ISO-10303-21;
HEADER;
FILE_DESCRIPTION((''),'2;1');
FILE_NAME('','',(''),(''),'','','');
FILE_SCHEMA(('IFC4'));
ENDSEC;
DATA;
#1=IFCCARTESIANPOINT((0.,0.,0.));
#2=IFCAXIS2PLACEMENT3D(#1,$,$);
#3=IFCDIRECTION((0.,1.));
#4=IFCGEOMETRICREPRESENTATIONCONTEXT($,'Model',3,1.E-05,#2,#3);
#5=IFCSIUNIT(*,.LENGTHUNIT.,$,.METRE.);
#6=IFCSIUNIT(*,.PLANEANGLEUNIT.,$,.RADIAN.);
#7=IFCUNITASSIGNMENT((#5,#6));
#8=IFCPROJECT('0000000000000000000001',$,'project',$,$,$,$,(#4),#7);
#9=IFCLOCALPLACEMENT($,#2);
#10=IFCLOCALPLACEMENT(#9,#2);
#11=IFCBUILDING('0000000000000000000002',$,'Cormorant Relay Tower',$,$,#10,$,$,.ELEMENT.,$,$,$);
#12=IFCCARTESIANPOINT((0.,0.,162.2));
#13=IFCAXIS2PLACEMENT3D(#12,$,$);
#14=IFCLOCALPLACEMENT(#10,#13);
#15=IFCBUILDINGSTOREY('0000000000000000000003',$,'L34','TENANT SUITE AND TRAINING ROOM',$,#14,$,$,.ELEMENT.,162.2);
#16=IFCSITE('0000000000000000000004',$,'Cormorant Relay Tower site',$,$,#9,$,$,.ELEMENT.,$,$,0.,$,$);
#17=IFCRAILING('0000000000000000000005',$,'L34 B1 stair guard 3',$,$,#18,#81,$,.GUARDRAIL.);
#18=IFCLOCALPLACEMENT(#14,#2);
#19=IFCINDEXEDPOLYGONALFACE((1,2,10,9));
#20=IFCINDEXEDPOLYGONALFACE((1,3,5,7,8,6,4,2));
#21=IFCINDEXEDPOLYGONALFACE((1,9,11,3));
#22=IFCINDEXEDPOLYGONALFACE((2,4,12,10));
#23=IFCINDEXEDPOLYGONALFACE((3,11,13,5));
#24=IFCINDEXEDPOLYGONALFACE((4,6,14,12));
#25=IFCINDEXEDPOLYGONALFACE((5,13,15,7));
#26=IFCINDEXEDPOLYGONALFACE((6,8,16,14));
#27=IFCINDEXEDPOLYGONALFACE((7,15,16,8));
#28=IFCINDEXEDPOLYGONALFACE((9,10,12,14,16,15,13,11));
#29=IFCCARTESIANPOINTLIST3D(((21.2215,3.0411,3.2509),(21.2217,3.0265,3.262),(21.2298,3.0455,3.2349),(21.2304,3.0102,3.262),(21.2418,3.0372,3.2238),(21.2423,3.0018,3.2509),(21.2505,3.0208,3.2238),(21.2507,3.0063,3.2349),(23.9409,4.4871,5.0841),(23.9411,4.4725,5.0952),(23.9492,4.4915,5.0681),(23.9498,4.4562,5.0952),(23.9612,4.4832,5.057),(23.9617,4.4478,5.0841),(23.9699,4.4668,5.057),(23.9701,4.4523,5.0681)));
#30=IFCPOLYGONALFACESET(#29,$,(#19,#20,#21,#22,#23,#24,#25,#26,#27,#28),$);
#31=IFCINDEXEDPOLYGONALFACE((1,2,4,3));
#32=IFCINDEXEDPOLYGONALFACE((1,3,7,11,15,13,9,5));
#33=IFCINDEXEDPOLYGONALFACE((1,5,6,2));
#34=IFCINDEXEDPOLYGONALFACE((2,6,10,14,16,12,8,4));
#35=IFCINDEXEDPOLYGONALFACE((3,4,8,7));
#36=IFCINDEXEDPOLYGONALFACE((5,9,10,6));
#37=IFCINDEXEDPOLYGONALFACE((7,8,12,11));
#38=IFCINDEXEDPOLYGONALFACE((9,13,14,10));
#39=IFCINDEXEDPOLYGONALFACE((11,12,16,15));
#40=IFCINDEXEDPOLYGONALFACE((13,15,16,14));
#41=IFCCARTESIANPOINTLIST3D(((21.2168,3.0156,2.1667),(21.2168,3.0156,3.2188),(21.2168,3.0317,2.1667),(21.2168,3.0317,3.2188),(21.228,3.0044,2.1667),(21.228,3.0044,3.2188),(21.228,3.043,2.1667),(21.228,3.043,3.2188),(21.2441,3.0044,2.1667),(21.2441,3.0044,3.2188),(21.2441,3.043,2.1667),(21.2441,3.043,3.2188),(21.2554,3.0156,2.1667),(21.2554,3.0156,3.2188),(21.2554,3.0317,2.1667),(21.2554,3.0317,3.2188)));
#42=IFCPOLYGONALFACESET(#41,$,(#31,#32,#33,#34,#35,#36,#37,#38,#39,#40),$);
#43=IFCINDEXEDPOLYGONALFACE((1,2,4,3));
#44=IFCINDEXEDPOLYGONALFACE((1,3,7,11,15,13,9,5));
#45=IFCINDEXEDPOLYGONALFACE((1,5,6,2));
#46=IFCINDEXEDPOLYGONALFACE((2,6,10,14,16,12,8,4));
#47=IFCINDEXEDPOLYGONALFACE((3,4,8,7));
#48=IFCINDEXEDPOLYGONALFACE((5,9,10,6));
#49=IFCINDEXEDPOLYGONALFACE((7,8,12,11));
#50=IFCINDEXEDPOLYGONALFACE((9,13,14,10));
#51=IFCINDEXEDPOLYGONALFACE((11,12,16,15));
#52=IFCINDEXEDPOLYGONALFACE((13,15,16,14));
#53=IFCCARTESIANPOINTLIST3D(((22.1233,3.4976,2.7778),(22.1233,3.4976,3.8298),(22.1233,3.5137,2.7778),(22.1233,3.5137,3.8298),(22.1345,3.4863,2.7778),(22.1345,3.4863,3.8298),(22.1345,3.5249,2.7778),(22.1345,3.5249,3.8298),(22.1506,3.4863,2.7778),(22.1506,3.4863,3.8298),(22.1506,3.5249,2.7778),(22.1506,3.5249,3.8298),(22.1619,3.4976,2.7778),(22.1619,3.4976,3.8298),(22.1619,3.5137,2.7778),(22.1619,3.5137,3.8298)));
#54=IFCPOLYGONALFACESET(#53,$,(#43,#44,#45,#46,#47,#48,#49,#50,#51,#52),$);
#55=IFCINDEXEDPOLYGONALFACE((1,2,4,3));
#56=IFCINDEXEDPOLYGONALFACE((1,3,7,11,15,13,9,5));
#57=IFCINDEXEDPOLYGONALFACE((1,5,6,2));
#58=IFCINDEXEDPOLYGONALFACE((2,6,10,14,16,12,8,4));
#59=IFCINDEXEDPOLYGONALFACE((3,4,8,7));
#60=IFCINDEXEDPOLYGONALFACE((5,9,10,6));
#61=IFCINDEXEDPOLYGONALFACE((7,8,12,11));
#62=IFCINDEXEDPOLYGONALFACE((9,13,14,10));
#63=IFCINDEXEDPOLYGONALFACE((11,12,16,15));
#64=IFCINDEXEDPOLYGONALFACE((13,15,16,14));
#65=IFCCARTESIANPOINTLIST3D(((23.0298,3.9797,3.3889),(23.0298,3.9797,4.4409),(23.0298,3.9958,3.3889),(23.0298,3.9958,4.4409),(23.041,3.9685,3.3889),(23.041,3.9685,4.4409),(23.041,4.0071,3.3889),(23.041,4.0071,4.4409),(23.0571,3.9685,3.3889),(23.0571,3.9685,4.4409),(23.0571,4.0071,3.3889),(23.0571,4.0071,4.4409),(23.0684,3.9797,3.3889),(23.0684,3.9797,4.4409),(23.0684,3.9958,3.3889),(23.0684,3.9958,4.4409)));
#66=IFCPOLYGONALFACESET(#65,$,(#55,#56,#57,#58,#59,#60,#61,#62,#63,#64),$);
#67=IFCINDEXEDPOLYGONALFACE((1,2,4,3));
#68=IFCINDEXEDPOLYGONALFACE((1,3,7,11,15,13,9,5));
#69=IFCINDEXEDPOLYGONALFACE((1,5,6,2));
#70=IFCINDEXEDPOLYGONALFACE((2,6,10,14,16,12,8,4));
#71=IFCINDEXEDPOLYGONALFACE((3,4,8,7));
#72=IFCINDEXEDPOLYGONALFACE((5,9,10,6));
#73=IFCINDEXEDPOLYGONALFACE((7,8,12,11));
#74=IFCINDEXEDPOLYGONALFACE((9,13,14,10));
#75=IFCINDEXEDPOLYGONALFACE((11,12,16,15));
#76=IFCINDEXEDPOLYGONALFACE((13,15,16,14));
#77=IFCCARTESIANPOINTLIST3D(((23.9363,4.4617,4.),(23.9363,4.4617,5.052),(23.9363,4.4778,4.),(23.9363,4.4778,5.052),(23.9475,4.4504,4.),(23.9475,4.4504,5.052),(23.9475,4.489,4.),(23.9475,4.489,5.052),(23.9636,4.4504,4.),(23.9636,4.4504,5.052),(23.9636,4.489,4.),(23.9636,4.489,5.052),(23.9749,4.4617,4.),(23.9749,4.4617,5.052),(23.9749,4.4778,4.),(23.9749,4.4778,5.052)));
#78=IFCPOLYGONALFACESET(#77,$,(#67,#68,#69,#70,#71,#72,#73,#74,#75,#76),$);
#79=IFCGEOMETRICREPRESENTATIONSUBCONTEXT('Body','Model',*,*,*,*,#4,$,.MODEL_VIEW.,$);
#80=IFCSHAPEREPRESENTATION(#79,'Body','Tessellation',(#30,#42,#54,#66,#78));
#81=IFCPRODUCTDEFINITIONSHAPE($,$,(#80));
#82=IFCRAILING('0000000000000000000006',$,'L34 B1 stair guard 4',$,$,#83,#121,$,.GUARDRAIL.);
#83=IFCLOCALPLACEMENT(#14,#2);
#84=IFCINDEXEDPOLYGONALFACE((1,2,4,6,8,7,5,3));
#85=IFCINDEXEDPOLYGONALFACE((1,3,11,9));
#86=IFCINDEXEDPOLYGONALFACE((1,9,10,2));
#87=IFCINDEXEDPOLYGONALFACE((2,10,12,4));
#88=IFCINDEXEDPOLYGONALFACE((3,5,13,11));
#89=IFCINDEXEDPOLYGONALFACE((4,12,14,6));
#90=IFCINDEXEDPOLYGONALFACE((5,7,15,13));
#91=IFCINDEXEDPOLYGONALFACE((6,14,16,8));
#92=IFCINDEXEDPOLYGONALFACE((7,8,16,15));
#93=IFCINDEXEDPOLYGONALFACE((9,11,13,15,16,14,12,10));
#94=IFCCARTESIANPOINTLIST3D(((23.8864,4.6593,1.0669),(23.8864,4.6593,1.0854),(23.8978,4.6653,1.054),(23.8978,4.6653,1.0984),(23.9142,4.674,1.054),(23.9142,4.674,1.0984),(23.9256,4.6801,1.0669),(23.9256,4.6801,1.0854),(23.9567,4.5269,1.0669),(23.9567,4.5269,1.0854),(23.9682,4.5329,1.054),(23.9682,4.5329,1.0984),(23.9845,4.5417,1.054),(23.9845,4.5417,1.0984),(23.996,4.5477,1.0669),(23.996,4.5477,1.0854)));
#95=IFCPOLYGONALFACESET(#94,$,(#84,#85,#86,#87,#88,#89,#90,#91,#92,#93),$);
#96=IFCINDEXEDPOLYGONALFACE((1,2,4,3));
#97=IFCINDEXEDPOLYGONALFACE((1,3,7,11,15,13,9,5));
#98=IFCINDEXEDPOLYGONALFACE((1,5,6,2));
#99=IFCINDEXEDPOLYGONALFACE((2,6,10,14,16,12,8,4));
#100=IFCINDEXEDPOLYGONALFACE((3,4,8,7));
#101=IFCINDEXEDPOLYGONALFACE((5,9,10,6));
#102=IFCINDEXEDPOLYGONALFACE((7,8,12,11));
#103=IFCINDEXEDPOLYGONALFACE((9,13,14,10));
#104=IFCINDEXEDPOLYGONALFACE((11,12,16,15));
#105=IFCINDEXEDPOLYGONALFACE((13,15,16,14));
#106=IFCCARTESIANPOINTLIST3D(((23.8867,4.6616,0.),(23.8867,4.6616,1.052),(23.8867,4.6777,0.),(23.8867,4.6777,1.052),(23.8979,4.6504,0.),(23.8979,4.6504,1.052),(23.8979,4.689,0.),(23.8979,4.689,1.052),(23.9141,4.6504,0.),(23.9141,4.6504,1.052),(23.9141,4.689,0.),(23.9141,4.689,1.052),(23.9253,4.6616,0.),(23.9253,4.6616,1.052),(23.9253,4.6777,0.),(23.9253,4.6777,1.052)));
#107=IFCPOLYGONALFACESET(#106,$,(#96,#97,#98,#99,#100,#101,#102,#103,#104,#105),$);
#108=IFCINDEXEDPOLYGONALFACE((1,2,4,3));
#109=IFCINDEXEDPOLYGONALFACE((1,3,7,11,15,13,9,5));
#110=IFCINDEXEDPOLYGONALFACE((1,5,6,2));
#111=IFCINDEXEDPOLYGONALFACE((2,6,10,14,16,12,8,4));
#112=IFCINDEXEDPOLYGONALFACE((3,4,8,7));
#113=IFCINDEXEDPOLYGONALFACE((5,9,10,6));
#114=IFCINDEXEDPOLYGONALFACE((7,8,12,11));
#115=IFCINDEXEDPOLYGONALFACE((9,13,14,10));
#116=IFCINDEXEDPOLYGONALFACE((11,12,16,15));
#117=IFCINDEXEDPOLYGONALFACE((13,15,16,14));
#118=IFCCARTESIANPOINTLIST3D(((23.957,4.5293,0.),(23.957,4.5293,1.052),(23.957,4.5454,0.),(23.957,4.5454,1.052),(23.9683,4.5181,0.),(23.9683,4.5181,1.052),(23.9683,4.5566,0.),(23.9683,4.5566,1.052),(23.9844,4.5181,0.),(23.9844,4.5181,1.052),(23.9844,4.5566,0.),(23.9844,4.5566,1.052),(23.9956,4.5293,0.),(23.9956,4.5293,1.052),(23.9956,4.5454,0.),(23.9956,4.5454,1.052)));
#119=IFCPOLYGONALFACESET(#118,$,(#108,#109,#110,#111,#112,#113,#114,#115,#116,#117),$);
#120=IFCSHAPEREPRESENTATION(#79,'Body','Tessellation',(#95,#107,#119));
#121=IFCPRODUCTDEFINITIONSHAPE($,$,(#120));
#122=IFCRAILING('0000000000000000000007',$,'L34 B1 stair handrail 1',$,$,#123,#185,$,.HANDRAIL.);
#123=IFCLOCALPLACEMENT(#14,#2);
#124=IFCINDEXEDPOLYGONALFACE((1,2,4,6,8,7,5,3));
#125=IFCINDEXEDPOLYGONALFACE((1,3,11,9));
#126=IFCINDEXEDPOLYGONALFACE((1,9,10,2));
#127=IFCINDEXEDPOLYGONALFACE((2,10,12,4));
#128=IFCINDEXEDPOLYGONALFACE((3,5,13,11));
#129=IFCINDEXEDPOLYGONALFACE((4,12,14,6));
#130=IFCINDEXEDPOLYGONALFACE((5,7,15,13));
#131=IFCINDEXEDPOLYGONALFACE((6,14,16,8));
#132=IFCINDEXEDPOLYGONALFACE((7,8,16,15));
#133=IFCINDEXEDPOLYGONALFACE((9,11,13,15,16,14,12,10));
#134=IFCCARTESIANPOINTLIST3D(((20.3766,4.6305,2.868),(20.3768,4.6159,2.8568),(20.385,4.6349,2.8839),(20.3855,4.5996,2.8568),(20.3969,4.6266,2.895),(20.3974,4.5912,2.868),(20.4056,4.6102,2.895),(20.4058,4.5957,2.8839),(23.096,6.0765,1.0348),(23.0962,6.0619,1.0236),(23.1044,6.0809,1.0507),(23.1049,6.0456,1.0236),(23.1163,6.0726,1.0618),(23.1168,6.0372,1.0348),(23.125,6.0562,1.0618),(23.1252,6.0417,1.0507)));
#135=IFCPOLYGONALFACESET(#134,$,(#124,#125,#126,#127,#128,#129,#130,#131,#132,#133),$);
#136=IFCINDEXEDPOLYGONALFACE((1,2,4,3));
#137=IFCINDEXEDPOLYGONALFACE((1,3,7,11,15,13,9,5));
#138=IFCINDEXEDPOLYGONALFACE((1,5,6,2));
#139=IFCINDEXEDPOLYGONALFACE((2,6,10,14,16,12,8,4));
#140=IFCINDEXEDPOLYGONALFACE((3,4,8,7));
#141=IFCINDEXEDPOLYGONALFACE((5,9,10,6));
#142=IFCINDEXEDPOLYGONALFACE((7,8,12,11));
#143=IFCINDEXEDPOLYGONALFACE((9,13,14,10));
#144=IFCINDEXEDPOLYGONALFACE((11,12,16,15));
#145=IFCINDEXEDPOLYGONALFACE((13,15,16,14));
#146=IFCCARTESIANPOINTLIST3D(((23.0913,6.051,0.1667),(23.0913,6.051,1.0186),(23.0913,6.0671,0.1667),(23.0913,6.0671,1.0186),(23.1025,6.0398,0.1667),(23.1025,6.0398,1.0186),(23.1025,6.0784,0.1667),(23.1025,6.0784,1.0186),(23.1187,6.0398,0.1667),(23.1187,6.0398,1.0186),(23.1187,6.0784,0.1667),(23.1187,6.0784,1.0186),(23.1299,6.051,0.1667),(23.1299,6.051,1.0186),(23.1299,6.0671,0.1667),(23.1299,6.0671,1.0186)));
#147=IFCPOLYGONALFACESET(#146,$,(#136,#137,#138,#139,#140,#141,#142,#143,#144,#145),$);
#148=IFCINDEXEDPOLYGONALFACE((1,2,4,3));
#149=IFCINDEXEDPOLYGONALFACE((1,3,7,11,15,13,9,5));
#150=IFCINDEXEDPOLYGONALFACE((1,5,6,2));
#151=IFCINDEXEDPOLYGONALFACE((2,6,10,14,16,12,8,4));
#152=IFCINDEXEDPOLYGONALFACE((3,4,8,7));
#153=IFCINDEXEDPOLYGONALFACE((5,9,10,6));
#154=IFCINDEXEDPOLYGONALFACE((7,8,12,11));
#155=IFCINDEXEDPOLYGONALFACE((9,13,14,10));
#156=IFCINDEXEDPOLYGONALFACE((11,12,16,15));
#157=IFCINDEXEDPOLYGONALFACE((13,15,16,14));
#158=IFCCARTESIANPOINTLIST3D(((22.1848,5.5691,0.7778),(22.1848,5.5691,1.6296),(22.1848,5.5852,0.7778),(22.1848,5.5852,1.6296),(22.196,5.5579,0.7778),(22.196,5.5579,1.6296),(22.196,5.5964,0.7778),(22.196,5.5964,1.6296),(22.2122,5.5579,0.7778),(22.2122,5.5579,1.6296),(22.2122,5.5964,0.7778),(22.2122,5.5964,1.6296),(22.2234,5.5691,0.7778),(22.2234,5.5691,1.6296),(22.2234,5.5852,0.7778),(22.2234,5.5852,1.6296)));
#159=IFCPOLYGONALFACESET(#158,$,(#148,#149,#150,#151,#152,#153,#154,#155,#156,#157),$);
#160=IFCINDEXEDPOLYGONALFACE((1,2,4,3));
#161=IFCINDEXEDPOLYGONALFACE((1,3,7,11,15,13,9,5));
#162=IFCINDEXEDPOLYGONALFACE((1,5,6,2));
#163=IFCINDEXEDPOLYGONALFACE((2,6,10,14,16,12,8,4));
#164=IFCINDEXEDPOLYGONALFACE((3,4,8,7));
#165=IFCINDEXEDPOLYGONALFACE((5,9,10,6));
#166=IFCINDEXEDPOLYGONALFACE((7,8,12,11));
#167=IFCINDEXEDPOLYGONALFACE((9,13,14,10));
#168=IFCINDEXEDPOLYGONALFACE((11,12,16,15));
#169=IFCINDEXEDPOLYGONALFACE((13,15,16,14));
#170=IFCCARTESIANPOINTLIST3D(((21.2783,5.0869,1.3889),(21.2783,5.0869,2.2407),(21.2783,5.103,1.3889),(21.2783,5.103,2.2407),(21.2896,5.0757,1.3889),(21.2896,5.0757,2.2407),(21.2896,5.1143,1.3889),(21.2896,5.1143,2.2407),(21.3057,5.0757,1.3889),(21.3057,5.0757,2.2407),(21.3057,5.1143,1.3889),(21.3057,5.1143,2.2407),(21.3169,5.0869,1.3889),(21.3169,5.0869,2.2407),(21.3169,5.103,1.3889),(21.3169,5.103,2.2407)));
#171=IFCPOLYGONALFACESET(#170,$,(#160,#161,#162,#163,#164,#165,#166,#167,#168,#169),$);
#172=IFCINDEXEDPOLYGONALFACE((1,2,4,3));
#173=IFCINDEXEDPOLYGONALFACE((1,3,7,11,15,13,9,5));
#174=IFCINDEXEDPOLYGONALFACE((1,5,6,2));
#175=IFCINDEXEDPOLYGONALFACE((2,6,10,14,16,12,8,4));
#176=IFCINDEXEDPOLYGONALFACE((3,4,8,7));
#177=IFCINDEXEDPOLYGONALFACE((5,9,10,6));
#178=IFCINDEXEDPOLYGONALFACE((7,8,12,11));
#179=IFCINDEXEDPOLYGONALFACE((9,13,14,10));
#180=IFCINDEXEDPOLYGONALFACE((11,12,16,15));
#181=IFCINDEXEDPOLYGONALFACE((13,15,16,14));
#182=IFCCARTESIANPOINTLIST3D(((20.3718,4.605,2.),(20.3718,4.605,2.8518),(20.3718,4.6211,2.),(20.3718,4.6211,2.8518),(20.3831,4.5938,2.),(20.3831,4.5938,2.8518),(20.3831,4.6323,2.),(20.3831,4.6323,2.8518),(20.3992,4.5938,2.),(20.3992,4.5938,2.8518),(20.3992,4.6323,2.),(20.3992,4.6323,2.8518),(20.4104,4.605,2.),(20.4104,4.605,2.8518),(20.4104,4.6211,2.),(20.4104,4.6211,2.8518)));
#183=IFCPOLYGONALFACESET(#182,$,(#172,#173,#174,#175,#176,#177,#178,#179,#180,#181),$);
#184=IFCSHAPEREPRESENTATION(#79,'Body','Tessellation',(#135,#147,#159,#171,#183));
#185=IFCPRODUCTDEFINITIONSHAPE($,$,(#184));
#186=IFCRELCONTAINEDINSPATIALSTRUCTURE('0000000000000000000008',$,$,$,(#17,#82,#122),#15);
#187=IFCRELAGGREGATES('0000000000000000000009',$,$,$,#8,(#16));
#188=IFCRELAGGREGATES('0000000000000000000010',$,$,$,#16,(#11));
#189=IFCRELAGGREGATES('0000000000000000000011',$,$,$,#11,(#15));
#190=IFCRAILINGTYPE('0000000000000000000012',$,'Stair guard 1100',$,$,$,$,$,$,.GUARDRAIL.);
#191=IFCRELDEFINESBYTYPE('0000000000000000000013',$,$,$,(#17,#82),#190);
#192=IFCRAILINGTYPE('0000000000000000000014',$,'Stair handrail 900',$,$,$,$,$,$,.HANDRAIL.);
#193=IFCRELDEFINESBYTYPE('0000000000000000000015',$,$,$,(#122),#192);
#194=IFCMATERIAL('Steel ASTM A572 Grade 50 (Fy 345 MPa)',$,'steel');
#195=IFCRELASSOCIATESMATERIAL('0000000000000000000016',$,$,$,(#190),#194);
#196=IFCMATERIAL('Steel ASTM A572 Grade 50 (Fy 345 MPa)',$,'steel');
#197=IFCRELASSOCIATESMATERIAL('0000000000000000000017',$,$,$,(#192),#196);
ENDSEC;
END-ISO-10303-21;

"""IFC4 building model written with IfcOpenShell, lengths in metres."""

from ifc_helpers import new_model, si_unit, direction, frame, origin, place, context, subcontext, project, spatial, polyline, outline, extrude, material, type_object, element, save


model = new_model("IFC4")

# Units and contexts
model_context = context("Model", 3, precision=1e-05, world=origin(), true_north=direction((0.0, 1.0)))
body_context = subcontext(model_context, "Body", "Model", "MODEL_VIEW")
ifc_project = project(units=[si_unit("LENGTHUNIT", "METRE"), si_unit("PLANEANGLEUNIT", "RADIAN")], contexts=[model_context])

# Site, building, storey
site_placement = place(None, origin())
site = spatial("IfcSite", under=ifc_project, at=site_placement, Name="Cormorant Relay Tower site", CompositionType="ELEMENT", RefElevation=0.0)
building_placement = place(site_placement, origin())
building = spatial("IfcBuilding", under=site, at=building_placement, Name="Cormorant Relay Tower", CompositionType="ELEMENT")
storey_placement = place(building_placement, frame((0.0, 0.0, 162.2)))
storey = spatial("IfcBuildingStorey", under=building, at=storey_placement, Name="L34", Description="TENANT SUITE AND TRAINING ROOM", CompositionType="ELEMENT", Elevation=162.2)

# Railings
ifc_material_1 = material(Name="Steel ASTM A572 Grade 50 (Fy 345 MPa)", Category="steel")
railing_type_1 = type_object("IfcRailingType", Name="Stair guard 1100", PredefinedType="GUARDRAIL", material=ifc_material_1)
railing_1_placement = place(storey_placement, frame((21.2361, 3.0237, 2.1667)))
element("IfcRailing", 1, at=railing_1_placement, inside=storey, type_object=railing_type_1, Name="L34 B1 stair guard 3", PredefinedType="GUARDRAIL", context=body_context, shape_type="SweptSolid", body=[
    extrude(outline(polyline([(0.0222, 0.0093), (0.0093, 0.0222), (-0.0093, 0.0222), (-0.0222, 0.0093), (-0.0222, -0.0093), (-0.0093, -0.0222), (0.0093, -0.0222), (0.0222, -0.0093), (0.0222, 0.0093)])), frame((0.0, 0.0, 1.0762), z_axis=(0.758714, 0.403435, 0.511463), x_axis=(-0.469489, 0.882938, 0.0)), (0.0, 0.0, 1.0), 3.5842),
    extrude(outline(polyline([(0.0193, 0.0081), (0.0081, 0.0193), (-0.0081, 0.0193), (-0.0193, 0.0081), (-0.0193, -0.0081), (-0.0081, -0.0193), (0.0081, -0.0193), (0.0193, -0.0081), (0.0193, 0.0081)])), origin(), (0.0, 0.0, 1.0), 1.052),
    extrude(outline(polyline([(0.0193, 0.0081), (0.0081, 0.0193), (-0.0081, 0.0193), (-0.0193, 0.0081), (-0.0193, -0.0081), (-0.0081, -0.0193), (0.0081, -0.0193), (0.0193, -0.0081), (0.0193, 0.0081)])), frame((0.9065, 0.4819, 0.6111)), (0.0, 0.0, 1.0), 1.052),
    extrude(outline(polyline([(0.0193, 0.0081), (0.0081, 0.0193), (-0.0081, 0.0193), (-0.0193, 0.0081), (-0.0193, -0.0081), (-0.0081, -0.0193), (0.0081, -0.0193), (0.0193, -0.0081), (0.0193, 0.0081)])), frame((1.813, 0.9641, 1.2222)), (0.0, 0.0, 1.0), 1.052),
    extrude(outline(polyline([(0.0193, 0.0081), (0.0081, 0.0193), (-0.0081, 0.0193), (-0.0193, 0.0081), (-0.0193, -0.0081), (-0.0081, -0.0193), (0.0081, -0.0193), (0.0193, -0.0081), (0.0193, 0.0081)])), frame((2.7195, 1.446, 1.8333)), (0.0, 0.0, 1.0), 1.052),
])
railing_2_placement = place(storey_placement, frame((23.906, 4.6697, 0.0)))
element("IfcRailing", 2, at=railing_2_placement, inside=storey, type_object=railing_type_1, Name="L34 B1 stair guard 4", PredefinedType="GUARDRAIL", context=body_context, shape_type="SweptSolid", body=[
    extrude(outline(polyline([(0.0222, 0.0093), (0.0093, 0.0222), (-0.0093, 0.0222), (-0.0222, 0.0093), (-0.0222, -0.0093), (-0.0093, -0.0222), (0.0093, -0.0222), (0.0222, -0.0093), (0.0222, 0.0093)])), frame((0.0, 0.0, 1.0762), z_axis=(0.469235, -0.883074, 0.0), x_axis=(0.883074, 0.469235, 0.0)), (0.0, 0.0, 1.0), 0.1499),
    extrude(outline(polyline([(0.0193, 0.0081), (0.0081, 0.0193), (-0.0081, 0.0193), (-0.0193, 0.0081), (-0.0193, -0.0081), (-0.0081, -0.0193), (0.0081, -0.0193), (0.0193, -0.0081), (0.0193, 0.0081)])), origin(), (0.0, 0.0, 1.0), 1.052),
    extrude(outline(polyline([(0.0193, 0.0081), (0.0081, 0.0193), (-0.0081, 0.0193), (-0.0193, 0.0081), (-0.0193, -0.0081), (-0.0081, -0.0193), (0.0081, -0.0193), (0.0193, -0.0081), (0.0193, 0.0081)])), frame((0.0703, -0.1323, 0.0)), (0.0, 0.0, 1.0), 1.052),
])
ifc_material_2 = material(Name="Steel ASTM A572 Grade 50 (Fy 345 MPa)", Category="steel")
railing_type_2 = type_object("IfcRailingType", Name="Stair handrail 900", PredefinedType="HANDRAIL", material=ifc_material_2)
railing_3_placement = place(storey_placement, frame((23.1106, 6.0591, 0.1667)))
element("IfcRailing", 3, at=railing_3_placement, inside=storey, type_object=railing_type_2, Name="L34 B1 stair handrail 1", PredefinedType="HANDRAIL", context=body_context, shape_type="SweptSolid", body=[
    extrude(outline(polyline([(0.0222, 0.0093), (0.0093, 0.0222), (-0.0093, 0.0222), (-0.0222, 0.0093), (-0.0222, -0.0093), (-0.0093, -0.0222), (0.0093, -0.0222), (0.0222, -0.0093), (0.0222, 0.0093)])), frame((0.0, 0.0, 0.876), z_axis=(-0.758714, -0.403435, 0.511463), x_axis=(0.469489, -0.882938, 0.0)), (0.0, 0.0, 1.0), 3.5842),
    extrude(outline(polyline([(0.0193, 0.0081), (0.0081, 0.0193), (-0.0081, 0.0193), (-0.0193, 0.0081), (-0.0193, -0.0081), (-0.0081, -0.0193), (0.0081, -0.0193), (0.0193, -0.0081), (0.0193, 0.0081)])), origin(), (0.0, 0.0, 1.0), 0.8518),
    extrude(outline(polyline([(0.0193, 0.0081), (0.0081, 0.0193), (-0.0081, 0.0193), (-0.0193, 0.0081), (-0.0193, -0.0081), (-0.0081, -0.0193), (0.0081, -0.0193), (0.0193, -0.0081), (0.0193, 0.0081)])), frame((-0.9065, -0.4819, 0.6111)), (0.0, 0.0, 1.0), 0.8518),
    extrude(outline(polyline([(0.0193, 0.0081), (0.0081, 0.0193), (-0.0081, 0.0193), (-0.0193, 0.0081), (-0.0193, -0.0081), (-0.0081, -0.0193), (0.0081, -0.0193), (0.0193, -0.0081), (0.0193, 0.0081)])), frame((-1.813, -0.9641, 1.2222)), (0.0, 0.0, 1.0), 0.8518),
    extrude(outline(polyline([(0.0193, 0.0081), (0.0081, 0.0193), (-0.0081, 0.0193), (-0.0193, 0.0081), (-0.0193, -0.0081), (-0.0081, -0.0193), (0.0081, -0.0193), (0.0193, -0.0081), (0.0193, 0.0081)])), frame((-2.7195, -1.446, 1.8333)), (0.0, 0.0, 1.0), 0.8518),
])

save(model, "model.ifc")
